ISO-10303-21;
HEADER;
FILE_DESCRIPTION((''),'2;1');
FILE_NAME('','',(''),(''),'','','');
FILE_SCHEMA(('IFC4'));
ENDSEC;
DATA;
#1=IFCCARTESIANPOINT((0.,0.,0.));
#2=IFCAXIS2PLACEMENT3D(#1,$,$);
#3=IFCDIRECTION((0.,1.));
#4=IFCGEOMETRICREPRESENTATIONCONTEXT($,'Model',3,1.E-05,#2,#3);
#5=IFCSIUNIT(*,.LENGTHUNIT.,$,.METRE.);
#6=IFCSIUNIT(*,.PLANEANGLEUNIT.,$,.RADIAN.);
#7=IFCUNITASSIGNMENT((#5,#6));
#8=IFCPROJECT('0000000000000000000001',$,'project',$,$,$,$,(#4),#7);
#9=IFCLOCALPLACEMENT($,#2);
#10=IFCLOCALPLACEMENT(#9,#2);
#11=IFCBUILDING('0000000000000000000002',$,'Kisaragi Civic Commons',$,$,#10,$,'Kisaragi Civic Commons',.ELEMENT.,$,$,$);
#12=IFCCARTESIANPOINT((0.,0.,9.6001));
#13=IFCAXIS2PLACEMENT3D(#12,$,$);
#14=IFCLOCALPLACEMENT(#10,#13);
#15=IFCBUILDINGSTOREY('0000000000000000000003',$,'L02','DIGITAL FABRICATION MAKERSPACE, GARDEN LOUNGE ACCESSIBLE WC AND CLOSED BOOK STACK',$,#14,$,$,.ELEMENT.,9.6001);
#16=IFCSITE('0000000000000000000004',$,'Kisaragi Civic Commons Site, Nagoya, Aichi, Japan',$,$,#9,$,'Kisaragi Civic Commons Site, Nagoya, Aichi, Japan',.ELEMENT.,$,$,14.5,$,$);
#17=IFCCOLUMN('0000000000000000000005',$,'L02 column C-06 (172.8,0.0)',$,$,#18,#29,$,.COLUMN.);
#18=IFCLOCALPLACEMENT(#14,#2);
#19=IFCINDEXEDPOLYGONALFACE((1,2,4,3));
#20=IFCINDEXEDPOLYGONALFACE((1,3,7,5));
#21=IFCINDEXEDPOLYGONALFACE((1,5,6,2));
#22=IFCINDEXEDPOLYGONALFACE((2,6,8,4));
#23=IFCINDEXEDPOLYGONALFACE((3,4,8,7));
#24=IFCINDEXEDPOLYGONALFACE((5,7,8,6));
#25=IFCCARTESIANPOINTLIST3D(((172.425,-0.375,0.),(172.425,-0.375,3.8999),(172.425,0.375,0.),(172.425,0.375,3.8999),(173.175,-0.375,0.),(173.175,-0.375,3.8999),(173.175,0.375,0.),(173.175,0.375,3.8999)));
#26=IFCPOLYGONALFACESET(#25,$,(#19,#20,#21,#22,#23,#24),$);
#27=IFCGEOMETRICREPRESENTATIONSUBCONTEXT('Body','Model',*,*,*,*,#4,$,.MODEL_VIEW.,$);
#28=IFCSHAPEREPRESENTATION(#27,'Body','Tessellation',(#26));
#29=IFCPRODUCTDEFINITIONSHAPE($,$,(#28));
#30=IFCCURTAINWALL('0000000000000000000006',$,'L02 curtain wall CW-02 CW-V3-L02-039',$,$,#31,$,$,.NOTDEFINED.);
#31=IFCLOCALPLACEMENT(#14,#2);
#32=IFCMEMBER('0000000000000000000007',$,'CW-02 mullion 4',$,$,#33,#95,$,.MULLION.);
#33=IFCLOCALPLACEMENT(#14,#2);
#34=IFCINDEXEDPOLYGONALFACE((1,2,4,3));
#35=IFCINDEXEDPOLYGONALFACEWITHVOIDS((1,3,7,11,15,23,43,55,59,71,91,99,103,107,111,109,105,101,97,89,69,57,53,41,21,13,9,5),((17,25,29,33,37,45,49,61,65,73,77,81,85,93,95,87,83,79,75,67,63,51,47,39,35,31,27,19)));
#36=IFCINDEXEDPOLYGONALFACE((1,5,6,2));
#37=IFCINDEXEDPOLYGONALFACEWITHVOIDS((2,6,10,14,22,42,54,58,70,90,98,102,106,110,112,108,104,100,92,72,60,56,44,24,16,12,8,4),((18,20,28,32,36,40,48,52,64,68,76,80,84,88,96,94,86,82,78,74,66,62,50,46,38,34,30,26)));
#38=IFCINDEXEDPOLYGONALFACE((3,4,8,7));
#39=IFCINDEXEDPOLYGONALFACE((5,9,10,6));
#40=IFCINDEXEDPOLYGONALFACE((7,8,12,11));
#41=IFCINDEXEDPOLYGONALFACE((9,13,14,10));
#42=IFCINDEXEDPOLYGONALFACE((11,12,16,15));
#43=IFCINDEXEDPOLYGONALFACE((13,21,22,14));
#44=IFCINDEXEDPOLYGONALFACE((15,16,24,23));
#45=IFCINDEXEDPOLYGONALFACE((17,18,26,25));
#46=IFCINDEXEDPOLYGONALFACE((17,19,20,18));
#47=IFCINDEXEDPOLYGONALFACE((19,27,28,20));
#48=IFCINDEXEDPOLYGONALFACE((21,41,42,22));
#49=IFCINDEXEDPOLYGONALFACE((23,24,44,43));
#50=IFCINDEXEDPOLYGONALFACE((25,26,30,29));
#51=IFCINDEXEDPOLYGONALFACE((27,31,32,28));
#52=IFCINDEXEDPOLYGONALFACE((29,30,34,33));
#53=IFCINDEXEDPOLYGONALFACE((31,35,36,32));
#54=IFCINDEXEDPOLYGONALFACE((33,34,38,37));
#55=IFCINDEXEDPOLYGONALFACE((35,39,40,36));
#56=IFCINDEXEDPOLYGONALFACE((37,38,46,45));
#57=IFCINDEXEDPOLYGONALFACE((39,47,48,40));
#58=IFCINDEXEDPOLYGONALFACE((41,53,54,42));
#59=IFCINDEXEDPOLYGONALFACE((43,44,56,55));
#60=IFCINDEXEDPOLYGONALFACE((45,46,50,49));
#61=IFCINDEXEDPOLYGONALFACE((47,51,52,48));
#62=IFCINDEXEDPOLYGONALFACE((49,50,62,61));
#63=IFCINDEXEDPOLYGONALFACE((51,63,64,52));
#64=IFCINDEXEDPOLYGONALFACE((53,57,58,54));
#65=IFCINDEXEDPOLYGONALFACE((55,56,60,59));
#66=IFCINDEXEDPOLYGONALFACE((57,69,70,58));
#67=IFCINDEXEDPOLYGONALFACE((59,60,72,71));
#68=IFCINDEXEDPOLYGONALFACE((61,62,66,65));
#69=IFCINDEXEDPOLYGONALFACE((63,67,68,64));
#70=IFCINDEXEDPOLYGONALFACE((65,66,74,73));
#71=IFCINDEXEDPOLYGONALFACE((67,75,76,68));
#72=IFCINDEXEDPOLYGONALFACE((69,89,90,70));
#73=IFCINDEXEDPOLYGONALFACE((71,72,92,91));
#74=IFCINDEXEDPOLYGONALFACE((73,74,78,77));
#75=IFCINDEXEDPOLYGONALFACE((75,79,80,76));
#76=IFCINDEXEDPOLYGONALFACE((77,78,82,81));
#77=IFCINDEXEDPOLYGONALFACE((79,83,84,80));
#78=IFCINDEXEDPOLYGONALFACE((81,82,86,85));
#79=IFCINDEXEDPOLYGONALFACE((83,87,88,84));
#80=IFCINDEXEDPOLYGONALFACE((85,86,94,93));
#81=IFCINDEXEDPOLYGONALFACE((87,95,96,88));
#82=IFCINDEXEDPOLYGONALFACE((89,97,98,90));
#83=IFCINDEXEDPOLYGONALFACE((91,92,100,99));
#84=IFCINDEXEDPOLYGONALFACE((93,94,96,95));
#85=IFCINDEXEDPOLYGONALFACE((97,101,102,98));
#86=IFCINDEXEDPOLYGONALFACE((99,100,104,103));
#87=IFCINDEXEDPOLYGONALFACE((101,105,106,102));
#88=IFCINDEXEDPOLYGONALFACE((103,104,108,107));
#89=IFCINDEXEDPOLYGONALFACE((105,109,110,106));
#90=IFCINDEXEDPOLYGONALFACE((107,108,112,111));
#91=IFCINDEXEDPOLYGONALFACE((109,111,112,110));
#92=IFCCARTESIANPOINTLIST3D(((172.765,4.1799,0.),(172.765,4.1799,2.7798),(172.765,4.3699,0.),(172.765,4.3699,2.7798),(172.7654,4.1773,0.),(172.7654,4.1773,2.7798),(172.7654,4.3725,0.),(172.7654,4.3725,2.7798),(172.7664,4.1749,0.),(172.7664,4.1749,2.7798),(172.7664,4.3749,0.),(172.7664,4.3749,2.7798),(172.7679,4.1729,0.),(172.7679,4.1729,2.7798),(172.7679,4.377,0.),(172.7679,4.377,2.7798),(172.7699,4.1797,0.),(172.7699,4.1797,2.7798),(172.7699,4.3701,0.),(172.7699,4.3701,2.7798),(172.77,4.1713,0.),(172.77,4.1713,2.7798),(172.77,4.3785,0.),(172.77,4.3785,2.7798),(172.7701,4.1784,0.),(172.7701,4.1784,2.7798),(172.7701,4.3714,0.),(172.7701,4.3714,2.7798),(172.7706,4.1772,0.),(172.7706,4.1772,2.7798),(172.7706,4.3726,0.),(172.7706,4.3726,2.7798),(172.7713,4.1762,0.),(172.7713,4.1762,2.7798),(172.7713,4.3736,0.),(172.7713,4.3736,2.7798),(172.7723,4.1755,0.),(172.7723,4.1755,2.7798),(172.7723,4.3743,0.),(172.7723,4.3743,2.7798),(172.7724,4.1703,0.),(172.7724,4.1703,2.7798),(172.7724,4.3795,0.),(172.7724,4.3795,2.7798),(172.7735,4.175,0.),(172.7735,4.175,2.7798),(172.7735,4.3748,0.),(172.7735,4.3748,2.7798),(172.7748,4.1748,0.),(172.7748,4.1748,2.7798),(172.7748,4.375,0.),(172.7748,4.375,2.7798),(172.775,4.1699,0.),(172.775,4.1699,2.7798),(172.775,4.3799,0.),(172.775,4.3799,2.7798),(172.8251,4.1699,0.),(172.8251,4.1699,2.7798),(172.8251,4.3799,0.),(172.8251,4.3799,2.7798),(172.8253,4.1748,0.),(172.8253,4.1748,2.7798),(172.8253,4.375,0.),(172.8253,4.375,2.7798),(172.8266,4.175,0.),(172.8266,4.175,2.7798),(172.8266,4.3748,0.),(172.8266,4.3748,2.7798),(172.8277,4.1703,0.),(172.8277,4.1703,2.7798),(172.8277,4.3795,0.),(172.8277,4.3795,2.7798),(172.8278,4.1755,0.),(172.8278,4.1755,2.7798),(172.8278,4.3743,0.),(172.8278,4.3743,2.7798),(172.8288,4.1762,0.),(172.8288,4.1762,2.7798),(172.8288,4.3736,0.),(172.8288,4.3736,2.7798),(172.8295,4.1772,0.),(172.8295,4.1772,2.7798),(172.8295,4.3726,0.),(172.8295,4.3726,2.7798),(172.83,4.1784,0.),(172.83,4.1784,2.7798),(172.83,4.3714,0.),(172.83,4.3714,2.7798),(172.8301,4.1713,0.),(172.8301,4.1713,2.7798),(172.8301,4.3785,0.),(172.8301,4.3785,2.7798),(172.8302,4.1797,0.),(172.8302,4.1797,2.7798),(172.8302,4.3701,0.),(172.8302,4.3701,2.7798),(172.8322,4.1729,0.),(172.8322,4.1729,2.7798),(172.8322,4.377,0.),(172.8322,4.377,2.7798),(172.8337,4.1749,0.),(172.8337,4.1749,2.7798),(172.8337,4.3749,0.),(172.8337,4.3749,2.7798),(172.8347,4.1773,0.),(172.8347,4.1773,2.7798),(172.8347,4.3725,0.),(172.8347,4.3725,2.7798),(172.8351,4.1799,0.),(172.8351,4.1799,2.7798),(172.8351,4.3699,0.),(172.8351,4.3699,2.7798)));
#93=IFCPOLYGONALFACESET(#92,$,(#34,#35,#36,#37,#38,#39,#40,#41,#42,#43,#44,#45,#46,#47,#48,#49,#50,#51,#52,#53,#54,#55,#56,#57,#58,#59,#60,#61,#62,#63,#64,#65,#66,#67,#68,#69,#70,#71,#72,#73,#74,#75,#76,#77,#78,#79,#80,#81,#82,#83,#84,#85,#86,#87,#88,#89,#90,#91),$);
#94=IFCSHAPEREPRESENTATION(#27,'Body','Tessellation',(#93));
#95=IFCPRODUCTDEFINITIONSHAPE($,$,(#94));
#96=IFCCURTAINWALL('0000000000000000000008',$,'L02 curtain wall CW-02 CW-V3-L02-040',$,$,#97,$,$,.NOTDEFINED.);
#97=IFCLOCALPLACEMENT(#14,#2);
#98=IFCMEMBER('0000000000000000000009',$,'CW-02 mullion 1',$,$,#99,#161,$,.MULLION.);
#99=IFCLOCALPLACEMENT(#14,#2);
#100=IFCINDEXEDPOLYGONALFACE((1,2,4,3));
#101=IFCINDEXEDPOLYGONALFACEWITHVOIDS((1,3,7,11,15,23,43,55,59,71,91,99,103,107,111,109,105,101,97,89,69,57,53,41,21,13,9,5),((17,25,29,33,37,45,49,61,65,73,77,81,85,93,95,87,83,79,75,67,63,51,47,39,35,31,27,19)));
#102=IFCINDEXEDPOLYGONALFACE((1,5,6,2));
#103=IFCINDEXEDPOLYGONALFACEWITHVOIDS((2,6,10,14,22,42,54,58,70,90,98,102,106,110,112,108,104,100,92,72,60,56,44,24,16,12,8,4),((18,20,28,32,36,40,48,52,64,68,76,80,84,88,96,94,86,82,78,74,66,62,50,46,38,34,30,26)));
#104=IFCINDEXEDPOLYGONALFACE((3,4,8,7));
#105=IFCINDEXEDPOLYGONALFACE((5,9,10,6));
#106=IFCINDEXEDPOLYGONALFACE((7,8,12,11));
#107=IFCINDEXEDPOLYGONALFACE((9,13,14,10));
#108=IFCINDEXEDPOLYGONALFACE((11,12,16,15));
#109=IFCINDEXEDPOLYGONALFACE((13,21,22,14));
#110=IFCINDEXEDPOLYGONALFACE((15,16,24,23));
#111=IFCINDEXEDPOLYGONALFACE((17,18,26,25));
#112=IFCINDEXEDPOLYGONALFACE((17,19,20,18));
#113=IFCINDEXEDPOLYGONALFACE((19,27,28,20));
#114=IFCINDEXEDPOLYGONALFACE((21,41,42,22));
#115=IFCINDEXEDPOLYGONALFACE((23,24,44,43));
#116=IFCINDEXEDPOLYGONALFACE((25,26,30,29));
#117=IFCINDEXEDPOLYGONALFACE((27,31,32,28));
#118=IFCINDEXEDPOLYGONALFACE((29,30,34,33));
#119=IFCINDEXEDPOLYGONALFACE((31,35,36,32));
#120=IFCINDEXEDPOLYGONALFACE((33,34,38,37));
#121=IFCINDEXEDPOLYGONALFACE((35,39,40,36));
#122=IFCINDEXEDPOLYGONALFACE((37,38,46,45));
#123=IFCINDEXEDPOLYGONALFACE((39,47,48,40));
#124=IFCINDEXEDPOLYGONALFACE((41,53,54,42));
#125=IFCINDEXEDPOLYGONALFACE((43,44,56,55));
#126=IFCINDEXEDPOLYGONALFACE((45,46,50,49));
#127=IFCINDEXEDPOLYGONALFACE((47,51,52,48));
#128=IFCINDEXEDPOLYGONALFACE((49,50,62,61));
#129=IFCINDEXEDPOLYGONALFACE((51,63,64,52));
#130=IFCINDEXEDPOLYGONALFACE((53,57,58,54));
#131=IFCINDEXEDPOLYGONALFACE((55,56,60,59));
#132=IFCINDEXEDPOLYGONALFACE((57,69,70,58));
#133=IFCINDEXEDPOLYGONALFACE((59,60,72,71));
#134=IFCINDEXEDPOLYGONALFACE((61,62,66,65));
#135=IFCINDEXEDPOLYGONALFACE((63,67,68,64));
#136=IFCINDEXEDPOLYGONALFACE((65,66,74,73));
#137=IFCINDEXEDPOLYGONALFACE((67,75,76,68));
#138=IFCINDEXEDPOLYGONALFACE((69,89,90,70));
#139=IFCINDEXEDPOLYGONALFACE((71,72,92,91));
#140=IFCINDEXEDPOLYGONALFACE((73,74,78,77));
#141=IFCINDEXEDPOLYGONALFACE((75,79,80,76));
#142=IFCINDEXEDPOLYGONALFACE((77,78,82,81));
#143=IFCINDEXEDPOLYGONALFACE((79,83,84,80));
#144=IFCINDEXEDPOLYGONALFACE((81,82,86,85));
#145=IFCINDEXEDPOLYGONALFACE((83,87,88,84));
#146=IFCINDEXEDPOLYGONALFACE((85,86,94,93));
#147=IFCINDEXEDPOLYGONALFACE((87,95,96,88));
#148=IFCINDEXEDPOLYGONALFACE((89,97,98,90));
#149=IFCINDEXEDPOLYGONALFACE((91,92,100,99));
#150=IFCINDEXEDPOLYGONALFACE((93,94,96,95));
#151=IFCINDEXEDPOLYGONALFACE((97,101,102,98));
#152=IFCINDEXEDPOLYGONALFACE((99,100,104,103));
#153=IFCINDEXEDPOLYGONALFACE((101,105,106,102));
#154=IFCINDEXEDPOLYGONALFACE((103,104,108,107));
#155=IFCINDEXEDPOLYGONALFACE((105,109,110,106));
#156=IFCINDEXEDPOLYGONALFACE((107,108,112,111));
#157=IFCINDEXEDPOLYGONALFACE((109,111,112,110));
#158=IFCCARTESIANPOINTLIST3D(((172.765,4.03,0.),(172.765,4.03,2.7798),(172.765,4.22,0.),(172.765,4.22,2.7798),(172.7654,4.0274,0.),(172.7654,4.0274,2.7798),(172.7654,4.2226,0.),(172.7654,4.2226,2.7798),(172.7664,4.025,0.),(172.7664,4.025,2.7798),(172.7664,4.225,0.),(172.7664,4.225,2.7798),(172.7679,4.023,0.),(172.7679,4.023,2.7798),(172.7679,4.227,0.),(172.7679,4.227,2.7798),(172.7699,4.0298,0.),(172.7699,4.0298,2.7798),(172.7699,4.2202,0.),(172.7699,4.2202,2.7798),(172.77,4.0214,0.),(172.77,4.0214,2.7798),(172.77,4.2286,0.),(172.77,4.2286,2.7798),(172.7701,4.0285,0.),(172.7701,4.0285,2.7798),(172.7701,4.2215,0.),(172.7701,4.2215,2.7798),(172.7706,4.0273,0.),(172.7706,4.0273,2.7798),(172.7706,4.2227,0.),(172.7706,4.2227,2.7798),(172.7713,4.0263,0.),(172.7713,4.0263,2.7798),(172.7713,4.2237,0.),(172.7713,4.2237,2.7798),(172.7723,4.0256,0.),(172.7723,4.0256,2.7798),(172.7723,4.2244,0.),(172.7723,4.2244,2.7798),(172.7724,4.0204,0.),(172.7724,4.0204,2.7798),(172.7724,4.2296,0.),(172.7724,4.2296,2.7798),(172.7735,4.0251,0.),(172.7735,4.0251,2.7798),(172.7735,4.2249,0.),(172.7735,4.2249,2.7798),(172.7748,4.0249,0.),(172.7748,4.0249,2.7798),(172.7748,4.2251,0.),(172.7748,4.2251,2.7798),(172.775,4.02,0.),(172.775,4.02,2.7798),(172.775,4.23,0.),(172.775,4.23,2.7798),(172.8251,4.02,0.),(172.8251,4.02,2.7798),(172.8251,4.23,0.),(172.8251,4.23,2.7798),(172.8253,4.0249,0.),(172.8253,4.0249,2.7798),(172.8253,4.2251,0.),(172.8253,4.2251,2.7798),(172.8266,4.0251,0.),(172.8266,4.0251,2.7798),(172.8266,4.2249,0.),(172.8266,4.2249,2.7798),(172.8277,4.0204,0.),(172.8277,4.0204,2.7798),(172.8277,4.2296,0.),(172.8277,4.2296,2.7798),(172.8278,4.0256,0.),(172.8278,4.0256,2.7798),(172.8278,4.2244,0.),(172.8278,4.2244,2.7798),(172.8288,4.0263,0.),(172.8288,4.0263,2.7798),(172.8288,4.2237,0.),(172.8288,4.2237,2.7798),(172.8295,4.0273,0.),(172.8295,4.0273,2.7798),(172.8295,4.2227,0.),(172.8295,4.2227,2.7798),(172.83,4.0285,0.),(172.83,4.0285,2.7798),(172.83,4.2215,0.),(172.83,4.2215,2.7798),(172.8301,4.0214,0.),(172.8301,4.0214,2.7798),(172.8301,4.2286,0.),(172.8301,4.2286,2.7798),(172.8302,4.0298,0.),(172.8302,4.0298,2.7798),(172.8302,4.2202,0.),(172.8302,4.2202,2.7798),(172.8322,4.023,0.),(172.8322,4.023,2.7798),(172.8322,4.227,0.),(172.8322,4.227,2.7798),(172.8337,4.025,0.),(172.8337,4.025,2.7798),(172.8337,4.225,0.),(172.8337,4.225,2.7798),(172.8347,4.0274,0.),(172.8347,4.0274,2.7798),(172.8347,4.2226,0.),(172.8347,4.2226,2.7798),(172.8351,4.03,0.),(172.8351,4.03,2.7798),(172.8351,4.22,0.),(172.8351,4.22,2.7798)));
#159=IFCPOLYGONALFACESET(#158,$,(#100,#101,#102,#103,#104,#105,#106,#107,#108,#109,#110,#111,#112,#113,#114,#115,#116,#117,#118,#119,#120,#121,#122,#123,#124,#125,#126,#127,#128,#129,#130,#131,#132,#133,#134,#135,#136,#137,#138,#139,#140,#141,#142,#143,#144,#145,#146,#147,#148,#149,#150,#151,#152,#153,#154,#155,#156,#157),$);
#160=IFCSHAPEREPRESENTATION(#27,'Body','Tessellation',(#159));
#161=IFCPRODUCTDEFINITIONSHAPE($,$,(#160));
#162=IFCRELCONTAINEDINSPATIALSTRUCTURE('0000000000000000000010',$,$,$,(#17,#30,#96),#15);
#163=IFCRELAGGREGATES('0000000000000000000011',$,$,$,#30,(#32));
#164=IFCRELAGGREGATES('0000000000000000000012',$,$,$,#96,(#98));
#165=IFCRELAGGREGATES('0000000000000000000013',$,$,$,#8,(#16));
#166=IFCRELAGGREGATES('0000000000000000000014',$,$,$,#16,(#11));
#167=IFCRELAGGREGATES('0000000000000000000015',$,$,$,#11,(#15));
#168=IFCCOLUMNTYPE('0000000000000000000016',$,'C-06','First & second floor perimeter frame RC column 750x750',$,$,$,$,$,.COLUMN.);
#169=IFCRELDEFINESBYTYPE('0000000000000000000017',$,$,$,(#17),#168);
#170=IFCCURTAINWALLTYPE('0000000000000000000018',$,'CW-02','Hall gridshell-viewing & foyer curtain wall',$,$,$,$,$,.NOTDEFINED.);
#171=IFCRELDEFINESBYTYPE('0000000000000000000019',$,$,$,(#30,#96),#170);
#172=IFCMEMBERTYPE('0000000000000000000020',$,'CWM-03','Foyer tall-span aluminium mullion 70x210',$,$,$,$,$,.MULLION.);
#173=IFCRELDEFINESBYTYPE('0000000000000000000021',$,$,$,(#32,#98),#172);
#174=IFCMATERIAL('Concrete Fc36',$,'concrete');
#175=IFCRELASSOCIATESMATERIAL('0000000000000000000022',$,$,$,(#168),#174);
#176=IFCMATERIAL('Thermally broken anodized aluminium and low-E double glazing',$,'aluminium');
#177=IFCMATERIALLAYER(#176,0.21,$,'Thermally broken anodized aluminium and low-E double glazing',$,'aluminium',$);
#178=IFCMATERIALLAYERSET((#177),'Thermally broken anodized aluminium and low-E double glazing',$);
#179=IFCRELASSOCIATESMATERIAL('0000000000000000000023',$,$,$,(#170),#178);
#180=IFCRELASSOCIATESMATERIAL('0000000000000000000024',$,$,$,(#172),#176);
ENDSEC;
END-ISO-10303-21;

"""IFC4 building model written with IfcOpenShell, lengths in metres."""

from ifc_helpers import new_model, si_unit, direction, frame, origin, origin_2d, place, context, subcontext, project, spatial, rectangle, hollow_rectangle, extrude, material, layer, layer_set, material_profile, profile_set, type_object, element, aggregate, save


model = new_model("IFC4")

# Units and contexts
model_context = context("Model", 3, precision=1e-05, world=origin(), true_north=direction((0.0, 1.0)))
body_context = subcontext(model_context, "Body", "Model", "MODEL_VIEW")
ifc_project = project(units=[si_unit("LENGTHUNIT", "METRE"), si_unit("PLANEANGLEUNIT", "RADIAN")], contexts=[model_context])

# Site, building, storey
site_placement = place(None, origin())
site = spatial("IfcSite", under=ifc_project, at=site_placement, Name="Kisaragi Civic Commons Site, Nagoya, Aichi, Japan", LongName="Kisaragi Civic Commons Site, Nagoya, Aichi, Japan", CompositionType="ELEMENT", RefElevation=14.5)
building_placement = place(site_placement, origin())
building = spatial("IfcBuilding", under=site, at=building_placement, Name="Kisaragi Civic Commons", LongName="Kisaragi Civic Commons", CompositionType="ELEMENT")
storey_placement = place(building_placement, frame((0.0, 0.0, 9.6001)))
storey = spatial("IfcBuildingStorey", under=building, at=storey_placement, Name="L02", Description="DIGITAL FABRICATION MAKERSPACE, GARDEN LOUNGE ACCESSIBLE WC AND CLOSED BOOK STACK", CompositionType="ELEMENT", Elevation=9.6001)

# Column
ifc_material_1 = material(Name="Concrete Fc36", Category="concrete")
ifc_material_profile_1 = material_profile(ifc_material_1, rectangle(XDim=0.75, YDim=0.75, at=origin_2d()), Name="RC-750x750", Category="concrete")
ifc_profile_set_1 = profile_set([ifc_material_profile_1], Name="Concrete Fc36")
column_type = type_object("IfcColumnType", Name="C-06", Description="First & second floor perimeter frame RC column 750x750", PredefinedType="COLUMN", material=ifc_profile_set_1)
column_placement = place(storey_placement, frame((172.8, 0.0, 0.0), z_axis=(0.0, 0.0, 1.0), x_axis=(1.0, 0.0, 0.0)))
element("IfcColumn", 1, at=column_placement, inside=storey, type_object=column_type, Name="L02 column C-06 (172.8,0.0)", PredefinedType="COLUMN", context=body_context, shape_type="SweptSolid", body=[
    extrude(rectangle(XDim=0.75, YDim=0.75, at=origin_2d()), origin(), (0.0, 0.0, 1.0), 3.8999),
])

# Curtain wall, member
ifc_material_2 = material(Name="Thermally broken anodized aluminium and low-E double glazing", Category="aluminium")
ifc_layer_1 = layer(ifc_material_2, 0.21, Name="Thermally broken anodized aluminium and low-E double glazing", Category="aluminium")
ifc_layer_set_1 = layer_set([ifc_layer_1], Name="Thermally broken anodized aluminium and low-E double glazing")
curtain_wall_type = type_object("IfcCurtainWallType", Name="CW-02", Description="Hall gridshell-viewing & foyer curtain wall", PredefinedType="NOTDEFINED", material=ifc_layer_set_1)
curtain_wall_1_placement = place(storey_placement, origin())
curtain_wall_1 = element("IfcCurtainWall", 2, at=curtain_wall_1_placement, inside=storey, type_object=curtain_wall_type, Name="L02 curtain wall CW-02 CW-V3-L02-039", PredefinedType="NOTDEFINED")
ifc_material_profile_2 = material_profile(ifc_material_2, hollow_rectangle(XDim=0.0701, YDim=0.21, WallThickness=0.0049, InnerFilletRadius=0.0049, OuterFilletRadius=0.01, at=origin_2d()), Name="CWM-70x210x5", Category="aluminium")
ifc_profile_set_2 = profile_set([ifc_material_profile_2], Name="Thermally broken anodized aluminium and low-E double glazing")
member_type_1 = type_object("IfcMemberType", Name="CWM-03", Description="Foyer tall-span aluminium mullion 70x210", PredefinedType="MULLION", material=ifc_profile_set_2)
member_1_placement = place(storey_placement, frame((172.8, 4.2749, 0.0), z_axis=(0.0, 0.0, 1.0), x_axis=(1.0, 0.0, 0.0)))
member_1 = element("IfcMember", 3, at=member_1_placement, type_object=member_type_1, Name="CW-02 mullion 4", PredefinedType="MULLION", context=body_context, shape_type="SweptSolid", body=[
    extrude(hollow_rectangle(XDim=0.0701, YDim=0.21, WallThickness=0.0049, InnerFilletRadius=0.0049, OuterFilletRadius=0.01, at=origin_2d()), origin(), (0.0, 0.0, 1.0), 2.7798),
])
aggregate(curtain_wall_1, [member_1])

# Curtain wall, member
curtain_wall_2_placement = place(storey_placement, origin())
curtain_wall_2 = element("IfcCurtainWall", 4, at=curtain_wall_2_placement, inside=storey, type_object=curtain_wall_type, Name="L02 curtain wall CW-02 CW-V3-L02-040", PredefinedType="NOTDEFINED")
member_2_placement = place(storey_placement, frame((172.8, 4.125, 0.0), z_axis=(0.0, 0.0, 1.0), x_axis=(1.0, 0.0, 0.0)))
member_2 = element("IfcMember", 5, at=member_2_placement, type_object=member_type_1, Name="CW-02 mullion 1", PredefinedType="MULLION", context=body_context, shape_type="SweptSolid", body=[
    extrude(hollow_rectangle(XDim=0.0701, YDim=0.21, WallThickness=0.0049, InnerFilletRadius=0.0049, OuterFilletRadius=0.01, at=origin_2d()), origin(), (0.0, 0.0, 1.0), 2.7798),
])

aggregate(curtain_wall_2, [member_2])

save(model, "model.ifc")
